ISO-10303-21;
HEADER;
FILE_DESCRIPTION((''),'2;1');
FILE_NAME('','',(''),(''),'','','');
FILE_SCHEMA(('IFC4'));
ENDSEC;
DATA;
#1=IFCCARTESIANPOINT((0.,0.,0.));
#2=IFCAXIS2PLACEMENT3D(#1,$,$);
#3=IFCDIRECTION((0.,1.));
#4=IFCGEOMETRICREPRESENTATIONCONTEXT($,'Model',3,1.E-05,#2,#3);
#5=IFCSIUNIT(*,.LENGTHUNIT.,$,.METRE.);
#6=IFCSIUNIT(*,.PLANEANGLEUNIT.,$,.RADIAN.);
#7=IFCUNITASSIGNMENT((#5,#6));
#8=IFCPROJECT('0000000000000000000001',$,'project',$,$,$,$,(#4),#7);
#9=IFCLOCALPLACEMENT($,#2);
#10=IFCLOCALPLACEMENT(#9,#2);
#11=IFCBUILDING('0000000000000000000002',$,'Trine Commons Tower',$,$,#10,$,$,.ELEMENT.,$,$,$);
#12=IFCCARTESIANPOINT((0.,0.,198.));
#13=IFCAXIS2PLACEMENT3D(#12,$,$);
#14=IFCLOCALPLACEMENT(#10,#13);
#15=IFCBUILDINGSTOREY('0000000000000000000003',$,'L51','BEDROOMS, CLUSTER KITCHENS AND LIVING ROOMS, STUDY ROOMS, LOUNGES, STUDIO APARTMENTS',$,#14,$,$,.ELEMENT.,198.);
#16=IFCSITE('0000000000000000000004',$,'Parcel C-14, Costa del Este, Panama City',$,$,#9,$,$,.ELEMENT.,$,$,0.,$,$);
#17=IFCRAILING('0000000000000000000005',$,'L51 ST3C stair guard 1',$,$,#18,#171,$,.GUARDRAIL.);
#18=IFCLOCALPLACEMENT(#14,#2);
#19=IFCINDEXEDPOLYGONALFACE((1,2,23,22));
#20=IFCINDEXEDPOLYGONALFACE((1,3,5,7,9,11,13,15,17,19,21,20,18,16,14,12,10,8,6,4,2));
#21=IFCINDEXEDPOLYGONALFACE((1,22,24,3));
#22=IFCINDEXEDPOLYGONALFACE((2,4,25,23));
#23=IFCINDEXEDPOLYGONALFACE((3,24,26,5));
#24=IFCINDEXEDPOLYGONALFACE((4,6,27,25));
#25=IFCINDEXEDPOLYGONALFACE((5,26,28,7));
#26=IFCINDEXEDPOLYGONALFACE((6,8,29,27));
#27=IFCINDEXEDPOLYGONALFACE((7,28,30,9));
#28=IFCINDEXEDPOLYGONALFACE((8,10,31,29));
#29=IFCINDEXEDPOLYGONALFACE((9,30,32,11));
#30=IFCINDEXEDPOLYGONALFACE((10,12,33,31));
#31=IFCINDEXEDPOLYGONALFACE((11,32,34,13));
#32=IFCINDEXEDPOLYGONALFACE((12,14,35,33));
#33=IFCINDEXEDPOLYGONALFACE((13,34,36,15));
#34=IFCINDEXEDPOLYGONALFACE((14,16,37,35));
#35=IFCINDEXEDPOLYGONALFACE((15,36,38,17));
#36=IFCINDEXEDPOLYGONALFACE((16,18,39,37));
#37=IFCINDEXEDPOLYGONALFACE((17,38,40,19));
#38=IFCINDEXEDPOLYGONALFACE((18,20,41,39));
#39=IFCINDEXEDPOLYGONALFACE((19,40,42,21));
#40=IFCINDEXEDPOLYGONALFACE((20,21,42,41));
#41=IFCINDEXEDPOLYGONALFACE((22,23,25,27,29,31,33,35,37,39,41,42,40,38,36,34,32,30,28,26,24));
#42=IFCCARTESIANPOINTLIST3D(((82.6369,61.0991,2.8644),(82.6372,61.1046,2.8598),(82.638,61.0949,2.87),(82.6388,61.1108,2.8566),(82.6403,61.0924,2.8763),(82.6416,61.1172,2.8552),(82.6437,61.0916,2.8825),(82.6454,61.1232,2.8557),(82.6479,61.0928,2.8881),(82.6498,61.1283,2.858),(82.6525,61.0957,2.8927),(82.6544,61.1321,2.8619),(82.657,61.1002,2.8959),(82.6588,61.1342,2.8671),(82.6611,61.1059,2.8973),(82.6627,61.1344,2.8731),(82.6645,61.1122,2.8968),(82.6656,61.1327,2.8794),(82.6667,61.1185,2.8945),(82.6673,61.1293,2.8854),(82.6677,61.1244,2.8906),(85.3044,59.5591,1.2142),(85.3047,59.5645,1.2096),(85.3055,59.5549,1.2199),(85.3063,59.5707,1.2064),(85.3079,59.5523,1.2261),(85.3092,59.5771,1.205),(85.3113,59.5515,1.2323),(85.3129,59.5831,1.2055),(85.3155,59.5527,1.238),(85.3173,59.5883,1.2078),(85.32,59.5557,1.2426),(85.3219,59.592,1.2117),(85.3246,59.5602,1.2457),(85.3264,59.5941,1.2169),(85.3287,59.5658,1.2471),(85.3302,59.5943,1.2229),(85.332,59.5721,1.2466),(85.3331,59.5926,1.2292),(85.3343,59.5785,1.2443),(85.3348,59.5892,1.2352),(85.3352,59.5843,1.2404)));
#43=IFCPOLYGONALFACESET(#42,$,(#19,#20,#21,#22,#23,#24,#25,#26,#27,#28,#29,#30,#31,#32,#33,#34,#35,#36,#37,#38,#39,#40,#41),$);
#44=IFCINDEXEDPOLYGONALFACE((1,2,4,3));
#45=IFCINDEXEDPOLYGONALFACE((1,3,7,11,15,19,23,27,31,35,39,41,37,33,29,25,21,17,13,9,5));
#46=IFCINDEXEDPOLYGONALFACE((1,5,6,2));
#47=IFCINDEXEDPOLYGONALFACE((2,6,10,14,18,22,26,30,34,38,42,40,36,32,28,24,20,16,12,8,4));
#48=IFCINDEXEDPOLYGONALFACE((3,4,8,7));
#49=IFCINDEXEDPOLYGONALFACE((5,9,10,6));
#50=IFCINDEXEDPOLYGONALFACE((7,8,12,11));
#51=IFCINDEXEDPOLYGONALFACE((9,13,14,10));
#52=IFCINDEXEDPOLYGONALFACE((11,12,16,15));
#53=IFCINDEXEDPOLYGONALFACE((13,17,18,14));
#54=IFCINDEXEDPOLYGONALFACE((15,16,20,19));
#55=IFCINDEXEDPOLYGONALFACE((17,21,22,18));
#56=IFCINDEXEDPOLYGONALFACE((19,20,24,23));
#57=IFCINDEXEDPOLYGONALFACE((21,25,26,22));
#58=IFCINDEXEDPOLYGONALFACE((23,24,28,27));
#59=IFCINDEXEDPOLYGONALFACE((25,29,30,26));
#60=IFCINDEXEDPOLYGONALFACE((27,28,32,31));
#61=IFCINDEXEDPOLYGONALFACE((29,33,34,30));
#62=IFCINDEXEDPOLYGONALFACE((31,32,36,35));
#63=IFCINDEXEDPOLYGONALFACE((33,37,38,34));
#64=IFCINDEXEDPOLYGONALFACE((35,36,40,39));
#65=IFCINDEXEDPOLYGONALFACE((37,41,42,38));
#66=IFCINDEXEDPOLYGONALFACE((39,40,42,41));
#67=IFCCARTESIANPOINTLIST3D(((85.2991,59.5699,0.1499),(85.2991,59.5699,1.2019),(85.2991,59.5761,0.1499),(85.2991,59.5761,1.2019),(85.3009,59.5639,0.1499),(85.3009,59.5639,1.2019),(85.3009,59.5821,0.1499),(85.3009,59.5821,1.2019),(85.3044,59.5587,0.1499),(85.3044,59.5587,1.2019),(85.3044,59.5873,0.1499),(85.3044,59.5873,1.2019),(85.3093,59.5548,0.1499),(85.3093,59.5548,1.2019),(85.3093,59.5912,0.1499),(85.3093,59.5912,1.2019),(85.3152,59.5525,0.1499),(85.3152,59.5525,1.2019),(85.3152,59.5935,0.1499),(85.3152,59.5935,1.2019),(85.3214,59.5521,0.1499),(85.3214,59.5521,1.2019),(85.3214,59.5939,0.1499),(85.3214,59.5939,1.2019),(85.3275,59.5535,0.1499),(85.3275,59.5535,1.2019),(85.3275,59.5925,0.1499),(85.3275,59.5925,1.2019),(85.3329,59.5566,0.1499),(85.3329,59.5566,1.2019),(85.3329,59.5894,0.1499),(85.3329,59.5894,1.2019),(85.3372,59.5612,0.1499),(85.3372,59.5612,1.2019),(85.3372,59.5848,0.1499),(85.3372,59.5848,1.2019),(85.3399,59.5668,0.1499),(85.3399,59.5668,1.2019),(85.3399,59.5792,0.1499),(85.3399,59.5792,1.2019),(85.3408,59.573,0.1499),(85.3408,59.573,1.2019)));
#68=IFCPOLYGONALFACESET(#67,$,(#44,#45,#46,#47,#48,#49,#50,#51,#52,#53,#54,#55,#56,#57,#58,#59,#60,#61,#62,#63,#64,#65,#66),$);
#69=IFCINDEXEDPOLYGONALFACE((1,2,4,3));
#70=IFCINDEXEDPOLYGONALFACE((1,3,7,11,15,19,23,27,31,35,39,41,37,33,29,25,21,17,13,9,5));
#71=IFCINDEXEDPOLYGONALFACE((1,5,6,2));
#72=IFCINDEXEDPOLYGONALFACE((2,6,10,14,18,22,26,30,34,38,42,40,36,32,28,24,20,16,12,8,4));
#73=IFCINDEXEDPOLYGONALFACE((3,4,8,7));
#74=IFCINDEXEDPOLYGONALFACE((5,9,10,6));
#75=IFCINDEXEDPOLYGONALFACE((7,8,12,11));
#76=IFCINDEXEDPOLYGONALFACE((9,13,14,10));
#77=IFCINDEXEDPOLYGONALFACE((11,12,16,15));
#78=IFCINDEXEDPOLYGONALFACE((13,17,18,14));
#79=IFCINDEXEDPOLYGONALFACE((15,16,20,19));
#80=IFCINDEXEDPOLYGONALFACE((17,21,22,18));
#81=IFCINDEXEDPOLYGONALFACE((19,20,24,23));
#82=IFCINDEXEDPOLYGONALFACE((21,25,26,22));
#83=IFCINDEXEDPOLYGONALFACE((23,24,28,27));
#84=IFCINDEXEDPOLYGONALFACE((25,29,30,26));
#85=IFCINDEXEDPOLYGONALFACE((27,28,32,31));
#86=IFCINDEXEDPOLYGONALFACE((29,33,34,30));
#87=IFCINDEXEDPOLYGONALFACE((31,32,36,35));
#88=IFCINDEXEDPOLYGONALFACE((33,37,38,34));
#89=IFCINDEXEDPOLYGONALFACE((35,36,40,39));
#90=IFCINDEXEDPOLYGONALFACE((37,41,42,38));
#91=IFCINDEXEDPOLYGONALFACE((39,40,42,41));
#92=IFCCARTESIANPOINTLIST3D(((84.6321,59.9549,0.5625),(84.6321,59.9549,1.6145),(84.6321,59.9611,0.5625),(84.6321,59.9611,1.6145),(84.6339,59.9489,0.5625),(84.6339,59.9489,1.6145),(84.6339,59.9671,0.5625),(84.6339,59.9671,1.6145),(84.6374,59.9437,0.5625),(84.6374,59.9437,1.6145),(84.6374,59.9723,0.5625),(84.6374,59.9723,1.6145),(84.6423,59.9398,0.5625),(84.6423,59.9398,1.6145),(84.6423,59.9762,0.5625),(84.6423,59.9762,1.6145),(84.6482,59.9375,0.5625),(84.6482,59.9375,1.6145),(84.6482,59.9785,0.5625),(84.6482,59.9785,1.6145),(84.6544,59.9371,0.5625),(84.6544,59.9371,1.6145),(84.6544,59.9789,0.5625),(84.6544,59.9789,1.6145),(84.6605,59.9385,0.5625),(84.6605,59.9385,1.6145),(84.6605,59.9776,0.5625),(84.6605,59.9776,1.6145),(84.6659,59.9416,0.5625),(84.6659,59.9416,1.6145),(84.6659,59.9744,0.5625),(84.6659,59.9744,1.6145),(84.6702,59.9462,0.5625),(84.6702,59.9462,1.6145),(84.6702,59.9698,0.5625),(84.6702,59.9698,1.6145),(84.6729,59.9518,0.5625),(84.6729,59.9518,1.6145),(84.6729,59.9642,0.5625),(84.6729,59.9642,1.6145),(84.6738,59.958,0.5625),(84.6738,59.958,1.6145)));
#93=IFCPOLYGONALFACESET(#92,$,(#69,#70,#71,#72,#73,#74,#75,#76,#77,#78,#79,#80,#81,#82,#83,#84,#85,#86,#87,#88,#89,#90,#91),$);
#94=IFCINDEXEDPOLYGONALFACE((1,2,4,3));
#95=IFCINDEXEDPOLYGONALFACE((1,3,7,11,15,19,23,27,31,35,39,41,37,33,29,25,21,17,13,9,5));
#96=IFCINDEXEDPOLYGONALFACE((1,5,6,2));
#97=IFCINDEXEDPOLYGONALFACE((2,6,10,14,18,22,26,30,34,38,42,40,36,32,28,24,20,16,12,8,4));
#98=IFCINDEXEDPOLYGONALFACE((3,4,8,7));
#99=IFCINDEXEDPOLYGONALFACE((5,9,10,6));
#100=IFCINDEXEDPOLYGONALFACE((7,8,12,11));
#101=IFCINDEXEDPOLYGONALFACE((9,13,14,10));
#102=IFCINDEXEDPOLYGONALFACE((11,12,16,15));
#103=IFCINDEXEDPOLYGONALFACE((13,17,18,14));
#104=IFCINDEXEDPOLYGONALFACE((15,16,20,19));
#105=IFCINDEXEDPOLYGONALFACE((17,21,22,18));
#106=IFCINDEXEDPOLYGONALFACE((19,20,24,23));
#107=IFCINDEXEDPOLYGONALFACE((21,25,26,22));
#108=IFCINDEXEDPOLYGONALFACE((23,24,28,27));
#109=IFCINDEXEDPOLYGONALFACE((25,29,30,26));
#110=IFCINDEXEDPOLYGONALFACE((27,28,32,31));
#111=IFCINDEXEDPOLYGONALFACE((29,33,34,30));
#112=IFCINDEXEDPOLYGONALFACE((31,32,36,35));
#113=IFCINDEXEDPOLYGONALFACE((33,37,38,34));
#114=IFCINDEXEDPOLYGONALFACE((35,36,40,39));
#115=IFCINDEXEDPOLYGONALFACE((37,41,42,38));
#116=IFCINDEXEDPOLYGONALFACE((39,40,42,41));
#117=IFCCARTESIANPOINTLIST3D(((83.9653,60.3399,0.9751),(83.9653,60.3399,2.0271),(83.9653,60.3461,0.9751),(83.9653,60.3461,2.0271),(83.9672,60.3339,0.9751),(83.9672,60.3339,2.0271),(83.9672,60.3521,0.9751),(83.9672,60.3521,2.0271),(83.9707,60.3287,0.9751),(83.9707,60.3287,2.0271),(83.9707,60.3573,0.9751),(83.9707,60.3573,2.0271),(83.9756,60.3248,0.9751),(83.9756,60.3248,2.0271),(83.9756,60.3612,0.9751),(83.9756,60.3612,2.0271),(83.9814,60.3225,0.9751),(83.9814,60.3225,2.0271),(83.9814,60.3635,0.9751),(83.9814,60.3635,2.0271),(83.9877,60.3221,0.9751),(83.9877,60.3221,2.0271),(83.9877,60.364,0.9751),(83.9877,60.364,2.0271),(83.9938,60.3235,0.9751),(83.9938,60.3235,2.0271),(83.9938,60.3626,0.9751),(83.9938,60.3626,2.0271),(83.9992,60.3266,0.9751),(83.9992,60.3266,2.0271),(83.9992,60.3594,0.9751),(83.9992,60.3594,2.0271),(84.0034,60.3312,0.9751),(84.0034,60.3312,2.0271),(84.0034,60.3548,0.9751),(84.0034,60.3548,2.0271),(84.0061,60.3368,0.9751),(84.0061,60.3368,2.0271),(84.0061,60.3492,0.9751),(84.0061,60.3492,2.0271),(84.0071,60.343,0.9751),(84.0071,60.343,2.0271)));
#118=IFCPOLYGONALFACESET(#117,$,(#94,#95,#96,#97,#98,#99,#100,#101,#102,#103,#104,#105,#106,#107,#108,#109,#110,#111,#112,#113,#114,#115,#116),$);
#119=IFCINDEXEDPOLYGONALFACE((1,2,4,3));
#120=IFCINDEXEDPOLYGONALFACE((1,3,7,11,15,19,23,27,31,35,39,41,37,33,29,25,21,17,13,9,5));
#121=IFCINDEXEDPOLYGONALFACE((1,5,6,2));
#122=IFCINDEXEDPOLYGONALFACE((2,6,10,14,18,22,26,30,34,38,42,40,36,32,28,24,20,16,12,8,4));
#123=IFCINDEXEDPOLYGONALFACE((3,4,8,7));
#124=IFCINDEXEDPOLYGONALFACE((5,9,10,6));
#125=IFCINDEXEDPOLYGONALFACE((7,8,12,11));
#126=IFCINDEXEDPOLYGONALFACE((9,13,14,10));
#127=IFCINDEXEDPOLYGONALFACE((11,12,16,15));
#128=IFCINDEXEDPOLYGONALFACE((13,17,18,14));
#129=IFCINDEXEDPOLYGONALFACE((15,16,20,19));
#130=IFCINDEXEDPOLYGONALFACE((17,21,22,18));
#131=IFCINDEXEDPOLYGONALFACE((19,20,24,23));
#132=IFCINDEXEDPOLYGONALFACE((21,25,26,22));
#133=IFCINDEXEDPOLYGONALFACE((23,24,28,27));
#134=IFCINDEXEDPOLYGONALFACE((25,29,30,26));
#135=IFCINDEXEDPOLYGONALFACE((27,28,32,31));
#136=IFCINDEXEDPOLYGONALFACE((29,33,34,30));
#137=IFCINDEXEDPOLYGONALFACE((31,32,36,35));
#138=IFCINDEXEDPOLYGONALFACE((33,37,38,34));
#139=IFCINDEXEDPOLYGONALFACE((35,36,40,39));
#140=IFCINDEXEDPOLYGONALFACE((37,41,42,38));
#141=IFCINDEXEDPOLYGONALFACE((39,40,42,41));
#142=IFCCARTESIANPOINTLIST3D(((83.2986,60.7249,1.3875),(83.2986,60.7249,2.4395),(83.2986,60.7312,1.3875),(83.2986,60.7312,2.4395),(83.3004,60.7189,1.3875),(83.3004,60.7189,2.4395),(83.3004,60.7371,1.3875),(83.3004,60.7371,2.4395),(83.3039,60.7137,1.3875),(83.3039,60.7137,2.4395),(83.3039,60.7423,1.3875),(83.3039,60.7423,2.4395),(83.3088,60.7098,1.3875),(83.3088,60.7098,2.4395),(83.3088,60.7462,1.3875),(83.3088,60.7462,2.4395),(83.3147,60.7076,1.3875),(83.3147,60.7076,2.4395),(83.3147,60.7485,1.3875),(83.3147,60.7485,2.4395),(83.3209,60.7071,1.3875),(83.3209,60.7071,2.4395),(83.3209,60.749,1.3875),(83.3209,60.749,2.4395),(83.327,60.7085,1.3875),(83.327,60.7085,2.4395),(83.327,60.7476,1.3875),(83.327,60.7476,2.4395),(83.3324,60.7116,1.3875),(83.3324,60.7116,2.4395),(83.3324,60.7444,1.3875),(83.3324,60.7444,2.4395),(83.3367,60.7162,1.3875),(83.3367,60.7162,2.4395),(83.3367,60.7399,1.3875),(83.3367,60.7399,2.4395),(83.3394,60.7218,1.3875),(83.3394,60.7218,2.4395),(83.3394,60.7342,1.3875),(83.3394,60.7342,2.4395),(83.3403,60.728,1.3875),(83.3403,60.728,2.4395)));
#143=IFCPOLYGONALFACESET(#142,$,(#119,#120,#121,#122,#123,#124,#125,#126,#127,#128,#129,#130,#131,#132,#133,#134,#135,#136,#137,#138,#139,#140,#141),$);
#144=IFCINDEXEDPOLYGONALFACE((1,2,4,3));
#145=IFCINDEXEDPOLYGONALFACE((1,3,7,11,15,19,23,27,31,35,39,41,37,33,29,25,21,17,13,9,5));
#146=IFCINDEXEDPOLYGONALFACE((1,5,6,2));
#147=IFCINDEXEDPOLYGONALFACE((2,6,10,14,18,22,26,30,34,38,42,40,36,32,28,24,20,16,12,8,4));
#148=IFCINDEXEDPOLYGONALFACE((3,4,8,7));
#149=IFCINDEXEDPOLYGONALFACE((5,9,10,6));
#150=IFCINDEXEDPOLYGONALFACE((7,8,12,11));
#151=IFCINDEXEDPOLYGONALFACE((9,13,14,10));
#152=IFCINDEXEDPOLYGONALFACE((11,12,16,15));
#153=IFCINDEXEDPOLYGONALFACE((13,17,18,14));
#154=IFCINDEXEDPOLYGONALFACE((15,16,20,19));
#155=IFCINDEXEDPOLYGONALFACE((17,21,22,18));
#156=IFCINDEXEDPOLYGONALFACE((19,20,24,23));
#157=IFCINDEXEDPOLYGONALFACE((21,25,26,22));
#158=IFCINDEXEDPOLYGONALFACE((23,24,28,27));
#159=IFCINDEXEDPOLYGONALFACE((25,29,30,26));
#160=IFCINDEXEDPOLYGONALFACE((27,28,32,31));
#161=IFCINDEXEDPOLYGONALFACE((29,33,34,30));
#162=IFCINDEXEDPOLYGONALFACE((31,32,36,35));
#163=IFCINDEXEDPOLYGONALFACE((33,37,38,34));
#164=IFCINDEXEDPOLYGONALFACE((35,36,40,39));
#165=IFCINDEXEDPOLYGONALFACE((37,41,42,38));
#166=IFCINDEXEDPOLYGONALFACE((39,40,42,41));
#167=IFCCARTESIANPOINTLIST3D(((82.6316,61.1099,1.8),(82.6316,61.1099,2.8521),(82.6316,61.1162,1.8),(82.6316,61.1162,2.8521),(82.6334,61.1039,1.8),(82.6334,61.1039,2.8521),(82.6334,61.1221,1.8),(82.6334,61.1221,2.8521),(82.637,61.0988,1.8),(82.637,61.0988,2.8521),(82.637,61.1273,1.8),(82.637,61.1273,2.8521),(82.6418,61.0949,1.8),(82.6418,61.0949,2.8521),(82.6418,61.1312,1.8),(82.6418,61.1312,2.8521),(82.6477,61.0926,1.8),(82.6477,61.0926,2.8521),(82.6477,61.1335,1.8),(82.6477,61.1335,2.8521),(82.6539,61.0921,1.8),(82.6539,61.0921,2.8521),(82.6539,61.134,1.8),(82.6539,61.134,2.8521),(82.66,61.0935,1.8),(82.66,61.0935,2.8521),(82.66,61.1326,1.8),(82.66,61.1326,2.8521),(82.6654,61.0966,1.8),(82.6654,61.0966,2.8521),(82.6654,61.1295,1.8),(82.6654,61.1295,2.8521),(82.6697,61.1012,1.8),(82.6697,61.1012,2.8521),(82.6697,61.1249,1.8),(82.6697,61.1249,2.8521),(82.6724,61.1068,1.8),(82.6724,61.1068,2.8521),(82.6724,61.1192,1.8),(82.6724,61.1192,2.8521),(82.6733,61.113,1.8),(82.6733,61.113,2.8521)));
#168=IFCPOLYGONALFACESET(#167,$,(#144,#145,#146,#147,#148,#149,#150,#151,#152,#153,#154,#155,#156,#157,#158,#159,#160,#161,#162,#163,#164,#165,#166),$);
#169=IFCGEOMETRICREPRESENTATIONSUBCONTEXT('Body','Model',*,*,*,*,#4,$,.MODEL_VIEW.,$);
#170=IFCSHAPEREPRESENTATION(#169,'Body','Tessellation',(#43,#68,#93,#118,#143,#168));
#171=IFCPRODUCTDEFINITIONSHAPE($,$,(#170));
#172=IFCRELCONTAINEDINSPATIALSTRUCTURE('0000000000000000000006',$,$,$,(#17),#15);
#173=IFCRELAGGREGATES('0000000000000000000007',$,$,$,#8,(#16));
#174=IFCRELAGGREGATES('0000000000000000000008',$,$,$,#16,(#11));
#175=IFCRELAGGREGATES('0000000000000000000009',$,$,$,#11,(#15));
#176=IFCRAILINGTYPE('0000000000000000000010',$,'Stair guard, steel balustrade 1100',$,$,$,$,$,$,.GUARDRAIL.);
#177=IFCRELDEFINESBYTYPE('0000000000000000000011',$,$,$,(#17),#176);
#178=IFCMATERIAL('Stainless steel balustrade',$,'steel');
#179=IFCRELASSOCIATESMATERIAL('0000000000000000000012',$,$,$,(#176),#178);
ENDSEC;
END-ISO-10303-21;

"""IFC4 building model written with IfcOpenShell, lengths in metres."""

from ifc_helpers import new_model, si_unit, direction, frame, origin, origin_2d, place, context, subcontext, project, spatial, circle, extrude, material, type_object, element, save


model = new_model("IFC4")

# Units and contexts
model_context = context("Model", 3, precision=1e-05, world=origin(), true_north=direction((0.0, 1.0)))
body_context = subcontext(model_context, "Body", "Model", "MODEL_VIEW")
ifc_project = project(units=[si_unit("LENGTHUNIT", "METRE"), si_unit("PLANEANGLEUNIT", "RADIAN")], contexts=[model_context])

# Site, building, storey
site_placement = place(None, origin())
site = spatial("IfcSite", under=ifc_project, at=site_placement, Name="Parcel C-14, Costa del Este, Panama City", CompositionType="ELEMENT", RefElevation=0.0)
building_placement = place(site_placement, origin())
building = spatial("IfcBuilding", under=site, at=building_placement, Name="Trine Commons Tower", CompositionType="ELEMENT")
storey_placement = place(building_placement, frame((0.0, 0.0, 198.0)))
storey = spatial("IfcBuildingStorey", under=building, at=storey_placement, Name="L51", Description="BEDROOMS, CLUSTER KITCHENS AND LIVING ROOMS, STUDY ROOMS, LOUNGES, STUDIO APARTMENTS", CompositionType="ELEMENT", Elevation=198.0)

# Railing
ifc_material_1 = material(Name="Stainless steel balustrade", Category="steel")
railing_type_1 = type_object("IfcRailingType", Name="Stair guard, steel balustrade 1100", PredefinedType="GUARDRAIL", material=ifc_material_1)
railing_1_placement = place(storey_placement, frame((85.3198, 59.573, 0.1499)))
element("IfcRailing", 1, at=railing_1_placement, inside=storey, type_object=railing_type_1, Name="L51 ST3C stair guard 1", PredefinedType="GUARDRAIL", context=body_context, shape_type="SweptSolid", body=[
    extrude(circle(Radius=0.0239, at=origin_2d()), frame((0.0, 0.0, 1.0762), z_axis=(-0.76338, 0.440728, 0.472239), x_axis=(-0.499992, -0.86603, 0.0)), (0.0, 0.0, 1.0), 3.4944),
    extrude(circle(Radius=0.021, at=origin_2d()), origin(), (0.0, 0.0, 1.0), 1.052),
    extrude(circle(Radius=0.021, at=origin_2d()), frame((-0.667, 0.385, 0.4126)), (0.0, 0.0, 1.0), 1.052),
    extrude(circle(Radius=0.021, at=origin_2d()), frame((-1.3337, 0.77, 0.8252)), (0.0, 0.0, 1.0), 1.052),
    extrude(circle(Radius=0.021, at=origin_2d()), frame((-2.0005, 1.155, 1.2375)), (0.0, 0.0, 1.0), 1.052),
    extrude(circle(Radius=0.021, at=origin_2d()), frame((-2.6675, 1.54, 1.6501)), (0.0, 0.0, 1.0), 1.052),
])

save(model, "model.ifc")
